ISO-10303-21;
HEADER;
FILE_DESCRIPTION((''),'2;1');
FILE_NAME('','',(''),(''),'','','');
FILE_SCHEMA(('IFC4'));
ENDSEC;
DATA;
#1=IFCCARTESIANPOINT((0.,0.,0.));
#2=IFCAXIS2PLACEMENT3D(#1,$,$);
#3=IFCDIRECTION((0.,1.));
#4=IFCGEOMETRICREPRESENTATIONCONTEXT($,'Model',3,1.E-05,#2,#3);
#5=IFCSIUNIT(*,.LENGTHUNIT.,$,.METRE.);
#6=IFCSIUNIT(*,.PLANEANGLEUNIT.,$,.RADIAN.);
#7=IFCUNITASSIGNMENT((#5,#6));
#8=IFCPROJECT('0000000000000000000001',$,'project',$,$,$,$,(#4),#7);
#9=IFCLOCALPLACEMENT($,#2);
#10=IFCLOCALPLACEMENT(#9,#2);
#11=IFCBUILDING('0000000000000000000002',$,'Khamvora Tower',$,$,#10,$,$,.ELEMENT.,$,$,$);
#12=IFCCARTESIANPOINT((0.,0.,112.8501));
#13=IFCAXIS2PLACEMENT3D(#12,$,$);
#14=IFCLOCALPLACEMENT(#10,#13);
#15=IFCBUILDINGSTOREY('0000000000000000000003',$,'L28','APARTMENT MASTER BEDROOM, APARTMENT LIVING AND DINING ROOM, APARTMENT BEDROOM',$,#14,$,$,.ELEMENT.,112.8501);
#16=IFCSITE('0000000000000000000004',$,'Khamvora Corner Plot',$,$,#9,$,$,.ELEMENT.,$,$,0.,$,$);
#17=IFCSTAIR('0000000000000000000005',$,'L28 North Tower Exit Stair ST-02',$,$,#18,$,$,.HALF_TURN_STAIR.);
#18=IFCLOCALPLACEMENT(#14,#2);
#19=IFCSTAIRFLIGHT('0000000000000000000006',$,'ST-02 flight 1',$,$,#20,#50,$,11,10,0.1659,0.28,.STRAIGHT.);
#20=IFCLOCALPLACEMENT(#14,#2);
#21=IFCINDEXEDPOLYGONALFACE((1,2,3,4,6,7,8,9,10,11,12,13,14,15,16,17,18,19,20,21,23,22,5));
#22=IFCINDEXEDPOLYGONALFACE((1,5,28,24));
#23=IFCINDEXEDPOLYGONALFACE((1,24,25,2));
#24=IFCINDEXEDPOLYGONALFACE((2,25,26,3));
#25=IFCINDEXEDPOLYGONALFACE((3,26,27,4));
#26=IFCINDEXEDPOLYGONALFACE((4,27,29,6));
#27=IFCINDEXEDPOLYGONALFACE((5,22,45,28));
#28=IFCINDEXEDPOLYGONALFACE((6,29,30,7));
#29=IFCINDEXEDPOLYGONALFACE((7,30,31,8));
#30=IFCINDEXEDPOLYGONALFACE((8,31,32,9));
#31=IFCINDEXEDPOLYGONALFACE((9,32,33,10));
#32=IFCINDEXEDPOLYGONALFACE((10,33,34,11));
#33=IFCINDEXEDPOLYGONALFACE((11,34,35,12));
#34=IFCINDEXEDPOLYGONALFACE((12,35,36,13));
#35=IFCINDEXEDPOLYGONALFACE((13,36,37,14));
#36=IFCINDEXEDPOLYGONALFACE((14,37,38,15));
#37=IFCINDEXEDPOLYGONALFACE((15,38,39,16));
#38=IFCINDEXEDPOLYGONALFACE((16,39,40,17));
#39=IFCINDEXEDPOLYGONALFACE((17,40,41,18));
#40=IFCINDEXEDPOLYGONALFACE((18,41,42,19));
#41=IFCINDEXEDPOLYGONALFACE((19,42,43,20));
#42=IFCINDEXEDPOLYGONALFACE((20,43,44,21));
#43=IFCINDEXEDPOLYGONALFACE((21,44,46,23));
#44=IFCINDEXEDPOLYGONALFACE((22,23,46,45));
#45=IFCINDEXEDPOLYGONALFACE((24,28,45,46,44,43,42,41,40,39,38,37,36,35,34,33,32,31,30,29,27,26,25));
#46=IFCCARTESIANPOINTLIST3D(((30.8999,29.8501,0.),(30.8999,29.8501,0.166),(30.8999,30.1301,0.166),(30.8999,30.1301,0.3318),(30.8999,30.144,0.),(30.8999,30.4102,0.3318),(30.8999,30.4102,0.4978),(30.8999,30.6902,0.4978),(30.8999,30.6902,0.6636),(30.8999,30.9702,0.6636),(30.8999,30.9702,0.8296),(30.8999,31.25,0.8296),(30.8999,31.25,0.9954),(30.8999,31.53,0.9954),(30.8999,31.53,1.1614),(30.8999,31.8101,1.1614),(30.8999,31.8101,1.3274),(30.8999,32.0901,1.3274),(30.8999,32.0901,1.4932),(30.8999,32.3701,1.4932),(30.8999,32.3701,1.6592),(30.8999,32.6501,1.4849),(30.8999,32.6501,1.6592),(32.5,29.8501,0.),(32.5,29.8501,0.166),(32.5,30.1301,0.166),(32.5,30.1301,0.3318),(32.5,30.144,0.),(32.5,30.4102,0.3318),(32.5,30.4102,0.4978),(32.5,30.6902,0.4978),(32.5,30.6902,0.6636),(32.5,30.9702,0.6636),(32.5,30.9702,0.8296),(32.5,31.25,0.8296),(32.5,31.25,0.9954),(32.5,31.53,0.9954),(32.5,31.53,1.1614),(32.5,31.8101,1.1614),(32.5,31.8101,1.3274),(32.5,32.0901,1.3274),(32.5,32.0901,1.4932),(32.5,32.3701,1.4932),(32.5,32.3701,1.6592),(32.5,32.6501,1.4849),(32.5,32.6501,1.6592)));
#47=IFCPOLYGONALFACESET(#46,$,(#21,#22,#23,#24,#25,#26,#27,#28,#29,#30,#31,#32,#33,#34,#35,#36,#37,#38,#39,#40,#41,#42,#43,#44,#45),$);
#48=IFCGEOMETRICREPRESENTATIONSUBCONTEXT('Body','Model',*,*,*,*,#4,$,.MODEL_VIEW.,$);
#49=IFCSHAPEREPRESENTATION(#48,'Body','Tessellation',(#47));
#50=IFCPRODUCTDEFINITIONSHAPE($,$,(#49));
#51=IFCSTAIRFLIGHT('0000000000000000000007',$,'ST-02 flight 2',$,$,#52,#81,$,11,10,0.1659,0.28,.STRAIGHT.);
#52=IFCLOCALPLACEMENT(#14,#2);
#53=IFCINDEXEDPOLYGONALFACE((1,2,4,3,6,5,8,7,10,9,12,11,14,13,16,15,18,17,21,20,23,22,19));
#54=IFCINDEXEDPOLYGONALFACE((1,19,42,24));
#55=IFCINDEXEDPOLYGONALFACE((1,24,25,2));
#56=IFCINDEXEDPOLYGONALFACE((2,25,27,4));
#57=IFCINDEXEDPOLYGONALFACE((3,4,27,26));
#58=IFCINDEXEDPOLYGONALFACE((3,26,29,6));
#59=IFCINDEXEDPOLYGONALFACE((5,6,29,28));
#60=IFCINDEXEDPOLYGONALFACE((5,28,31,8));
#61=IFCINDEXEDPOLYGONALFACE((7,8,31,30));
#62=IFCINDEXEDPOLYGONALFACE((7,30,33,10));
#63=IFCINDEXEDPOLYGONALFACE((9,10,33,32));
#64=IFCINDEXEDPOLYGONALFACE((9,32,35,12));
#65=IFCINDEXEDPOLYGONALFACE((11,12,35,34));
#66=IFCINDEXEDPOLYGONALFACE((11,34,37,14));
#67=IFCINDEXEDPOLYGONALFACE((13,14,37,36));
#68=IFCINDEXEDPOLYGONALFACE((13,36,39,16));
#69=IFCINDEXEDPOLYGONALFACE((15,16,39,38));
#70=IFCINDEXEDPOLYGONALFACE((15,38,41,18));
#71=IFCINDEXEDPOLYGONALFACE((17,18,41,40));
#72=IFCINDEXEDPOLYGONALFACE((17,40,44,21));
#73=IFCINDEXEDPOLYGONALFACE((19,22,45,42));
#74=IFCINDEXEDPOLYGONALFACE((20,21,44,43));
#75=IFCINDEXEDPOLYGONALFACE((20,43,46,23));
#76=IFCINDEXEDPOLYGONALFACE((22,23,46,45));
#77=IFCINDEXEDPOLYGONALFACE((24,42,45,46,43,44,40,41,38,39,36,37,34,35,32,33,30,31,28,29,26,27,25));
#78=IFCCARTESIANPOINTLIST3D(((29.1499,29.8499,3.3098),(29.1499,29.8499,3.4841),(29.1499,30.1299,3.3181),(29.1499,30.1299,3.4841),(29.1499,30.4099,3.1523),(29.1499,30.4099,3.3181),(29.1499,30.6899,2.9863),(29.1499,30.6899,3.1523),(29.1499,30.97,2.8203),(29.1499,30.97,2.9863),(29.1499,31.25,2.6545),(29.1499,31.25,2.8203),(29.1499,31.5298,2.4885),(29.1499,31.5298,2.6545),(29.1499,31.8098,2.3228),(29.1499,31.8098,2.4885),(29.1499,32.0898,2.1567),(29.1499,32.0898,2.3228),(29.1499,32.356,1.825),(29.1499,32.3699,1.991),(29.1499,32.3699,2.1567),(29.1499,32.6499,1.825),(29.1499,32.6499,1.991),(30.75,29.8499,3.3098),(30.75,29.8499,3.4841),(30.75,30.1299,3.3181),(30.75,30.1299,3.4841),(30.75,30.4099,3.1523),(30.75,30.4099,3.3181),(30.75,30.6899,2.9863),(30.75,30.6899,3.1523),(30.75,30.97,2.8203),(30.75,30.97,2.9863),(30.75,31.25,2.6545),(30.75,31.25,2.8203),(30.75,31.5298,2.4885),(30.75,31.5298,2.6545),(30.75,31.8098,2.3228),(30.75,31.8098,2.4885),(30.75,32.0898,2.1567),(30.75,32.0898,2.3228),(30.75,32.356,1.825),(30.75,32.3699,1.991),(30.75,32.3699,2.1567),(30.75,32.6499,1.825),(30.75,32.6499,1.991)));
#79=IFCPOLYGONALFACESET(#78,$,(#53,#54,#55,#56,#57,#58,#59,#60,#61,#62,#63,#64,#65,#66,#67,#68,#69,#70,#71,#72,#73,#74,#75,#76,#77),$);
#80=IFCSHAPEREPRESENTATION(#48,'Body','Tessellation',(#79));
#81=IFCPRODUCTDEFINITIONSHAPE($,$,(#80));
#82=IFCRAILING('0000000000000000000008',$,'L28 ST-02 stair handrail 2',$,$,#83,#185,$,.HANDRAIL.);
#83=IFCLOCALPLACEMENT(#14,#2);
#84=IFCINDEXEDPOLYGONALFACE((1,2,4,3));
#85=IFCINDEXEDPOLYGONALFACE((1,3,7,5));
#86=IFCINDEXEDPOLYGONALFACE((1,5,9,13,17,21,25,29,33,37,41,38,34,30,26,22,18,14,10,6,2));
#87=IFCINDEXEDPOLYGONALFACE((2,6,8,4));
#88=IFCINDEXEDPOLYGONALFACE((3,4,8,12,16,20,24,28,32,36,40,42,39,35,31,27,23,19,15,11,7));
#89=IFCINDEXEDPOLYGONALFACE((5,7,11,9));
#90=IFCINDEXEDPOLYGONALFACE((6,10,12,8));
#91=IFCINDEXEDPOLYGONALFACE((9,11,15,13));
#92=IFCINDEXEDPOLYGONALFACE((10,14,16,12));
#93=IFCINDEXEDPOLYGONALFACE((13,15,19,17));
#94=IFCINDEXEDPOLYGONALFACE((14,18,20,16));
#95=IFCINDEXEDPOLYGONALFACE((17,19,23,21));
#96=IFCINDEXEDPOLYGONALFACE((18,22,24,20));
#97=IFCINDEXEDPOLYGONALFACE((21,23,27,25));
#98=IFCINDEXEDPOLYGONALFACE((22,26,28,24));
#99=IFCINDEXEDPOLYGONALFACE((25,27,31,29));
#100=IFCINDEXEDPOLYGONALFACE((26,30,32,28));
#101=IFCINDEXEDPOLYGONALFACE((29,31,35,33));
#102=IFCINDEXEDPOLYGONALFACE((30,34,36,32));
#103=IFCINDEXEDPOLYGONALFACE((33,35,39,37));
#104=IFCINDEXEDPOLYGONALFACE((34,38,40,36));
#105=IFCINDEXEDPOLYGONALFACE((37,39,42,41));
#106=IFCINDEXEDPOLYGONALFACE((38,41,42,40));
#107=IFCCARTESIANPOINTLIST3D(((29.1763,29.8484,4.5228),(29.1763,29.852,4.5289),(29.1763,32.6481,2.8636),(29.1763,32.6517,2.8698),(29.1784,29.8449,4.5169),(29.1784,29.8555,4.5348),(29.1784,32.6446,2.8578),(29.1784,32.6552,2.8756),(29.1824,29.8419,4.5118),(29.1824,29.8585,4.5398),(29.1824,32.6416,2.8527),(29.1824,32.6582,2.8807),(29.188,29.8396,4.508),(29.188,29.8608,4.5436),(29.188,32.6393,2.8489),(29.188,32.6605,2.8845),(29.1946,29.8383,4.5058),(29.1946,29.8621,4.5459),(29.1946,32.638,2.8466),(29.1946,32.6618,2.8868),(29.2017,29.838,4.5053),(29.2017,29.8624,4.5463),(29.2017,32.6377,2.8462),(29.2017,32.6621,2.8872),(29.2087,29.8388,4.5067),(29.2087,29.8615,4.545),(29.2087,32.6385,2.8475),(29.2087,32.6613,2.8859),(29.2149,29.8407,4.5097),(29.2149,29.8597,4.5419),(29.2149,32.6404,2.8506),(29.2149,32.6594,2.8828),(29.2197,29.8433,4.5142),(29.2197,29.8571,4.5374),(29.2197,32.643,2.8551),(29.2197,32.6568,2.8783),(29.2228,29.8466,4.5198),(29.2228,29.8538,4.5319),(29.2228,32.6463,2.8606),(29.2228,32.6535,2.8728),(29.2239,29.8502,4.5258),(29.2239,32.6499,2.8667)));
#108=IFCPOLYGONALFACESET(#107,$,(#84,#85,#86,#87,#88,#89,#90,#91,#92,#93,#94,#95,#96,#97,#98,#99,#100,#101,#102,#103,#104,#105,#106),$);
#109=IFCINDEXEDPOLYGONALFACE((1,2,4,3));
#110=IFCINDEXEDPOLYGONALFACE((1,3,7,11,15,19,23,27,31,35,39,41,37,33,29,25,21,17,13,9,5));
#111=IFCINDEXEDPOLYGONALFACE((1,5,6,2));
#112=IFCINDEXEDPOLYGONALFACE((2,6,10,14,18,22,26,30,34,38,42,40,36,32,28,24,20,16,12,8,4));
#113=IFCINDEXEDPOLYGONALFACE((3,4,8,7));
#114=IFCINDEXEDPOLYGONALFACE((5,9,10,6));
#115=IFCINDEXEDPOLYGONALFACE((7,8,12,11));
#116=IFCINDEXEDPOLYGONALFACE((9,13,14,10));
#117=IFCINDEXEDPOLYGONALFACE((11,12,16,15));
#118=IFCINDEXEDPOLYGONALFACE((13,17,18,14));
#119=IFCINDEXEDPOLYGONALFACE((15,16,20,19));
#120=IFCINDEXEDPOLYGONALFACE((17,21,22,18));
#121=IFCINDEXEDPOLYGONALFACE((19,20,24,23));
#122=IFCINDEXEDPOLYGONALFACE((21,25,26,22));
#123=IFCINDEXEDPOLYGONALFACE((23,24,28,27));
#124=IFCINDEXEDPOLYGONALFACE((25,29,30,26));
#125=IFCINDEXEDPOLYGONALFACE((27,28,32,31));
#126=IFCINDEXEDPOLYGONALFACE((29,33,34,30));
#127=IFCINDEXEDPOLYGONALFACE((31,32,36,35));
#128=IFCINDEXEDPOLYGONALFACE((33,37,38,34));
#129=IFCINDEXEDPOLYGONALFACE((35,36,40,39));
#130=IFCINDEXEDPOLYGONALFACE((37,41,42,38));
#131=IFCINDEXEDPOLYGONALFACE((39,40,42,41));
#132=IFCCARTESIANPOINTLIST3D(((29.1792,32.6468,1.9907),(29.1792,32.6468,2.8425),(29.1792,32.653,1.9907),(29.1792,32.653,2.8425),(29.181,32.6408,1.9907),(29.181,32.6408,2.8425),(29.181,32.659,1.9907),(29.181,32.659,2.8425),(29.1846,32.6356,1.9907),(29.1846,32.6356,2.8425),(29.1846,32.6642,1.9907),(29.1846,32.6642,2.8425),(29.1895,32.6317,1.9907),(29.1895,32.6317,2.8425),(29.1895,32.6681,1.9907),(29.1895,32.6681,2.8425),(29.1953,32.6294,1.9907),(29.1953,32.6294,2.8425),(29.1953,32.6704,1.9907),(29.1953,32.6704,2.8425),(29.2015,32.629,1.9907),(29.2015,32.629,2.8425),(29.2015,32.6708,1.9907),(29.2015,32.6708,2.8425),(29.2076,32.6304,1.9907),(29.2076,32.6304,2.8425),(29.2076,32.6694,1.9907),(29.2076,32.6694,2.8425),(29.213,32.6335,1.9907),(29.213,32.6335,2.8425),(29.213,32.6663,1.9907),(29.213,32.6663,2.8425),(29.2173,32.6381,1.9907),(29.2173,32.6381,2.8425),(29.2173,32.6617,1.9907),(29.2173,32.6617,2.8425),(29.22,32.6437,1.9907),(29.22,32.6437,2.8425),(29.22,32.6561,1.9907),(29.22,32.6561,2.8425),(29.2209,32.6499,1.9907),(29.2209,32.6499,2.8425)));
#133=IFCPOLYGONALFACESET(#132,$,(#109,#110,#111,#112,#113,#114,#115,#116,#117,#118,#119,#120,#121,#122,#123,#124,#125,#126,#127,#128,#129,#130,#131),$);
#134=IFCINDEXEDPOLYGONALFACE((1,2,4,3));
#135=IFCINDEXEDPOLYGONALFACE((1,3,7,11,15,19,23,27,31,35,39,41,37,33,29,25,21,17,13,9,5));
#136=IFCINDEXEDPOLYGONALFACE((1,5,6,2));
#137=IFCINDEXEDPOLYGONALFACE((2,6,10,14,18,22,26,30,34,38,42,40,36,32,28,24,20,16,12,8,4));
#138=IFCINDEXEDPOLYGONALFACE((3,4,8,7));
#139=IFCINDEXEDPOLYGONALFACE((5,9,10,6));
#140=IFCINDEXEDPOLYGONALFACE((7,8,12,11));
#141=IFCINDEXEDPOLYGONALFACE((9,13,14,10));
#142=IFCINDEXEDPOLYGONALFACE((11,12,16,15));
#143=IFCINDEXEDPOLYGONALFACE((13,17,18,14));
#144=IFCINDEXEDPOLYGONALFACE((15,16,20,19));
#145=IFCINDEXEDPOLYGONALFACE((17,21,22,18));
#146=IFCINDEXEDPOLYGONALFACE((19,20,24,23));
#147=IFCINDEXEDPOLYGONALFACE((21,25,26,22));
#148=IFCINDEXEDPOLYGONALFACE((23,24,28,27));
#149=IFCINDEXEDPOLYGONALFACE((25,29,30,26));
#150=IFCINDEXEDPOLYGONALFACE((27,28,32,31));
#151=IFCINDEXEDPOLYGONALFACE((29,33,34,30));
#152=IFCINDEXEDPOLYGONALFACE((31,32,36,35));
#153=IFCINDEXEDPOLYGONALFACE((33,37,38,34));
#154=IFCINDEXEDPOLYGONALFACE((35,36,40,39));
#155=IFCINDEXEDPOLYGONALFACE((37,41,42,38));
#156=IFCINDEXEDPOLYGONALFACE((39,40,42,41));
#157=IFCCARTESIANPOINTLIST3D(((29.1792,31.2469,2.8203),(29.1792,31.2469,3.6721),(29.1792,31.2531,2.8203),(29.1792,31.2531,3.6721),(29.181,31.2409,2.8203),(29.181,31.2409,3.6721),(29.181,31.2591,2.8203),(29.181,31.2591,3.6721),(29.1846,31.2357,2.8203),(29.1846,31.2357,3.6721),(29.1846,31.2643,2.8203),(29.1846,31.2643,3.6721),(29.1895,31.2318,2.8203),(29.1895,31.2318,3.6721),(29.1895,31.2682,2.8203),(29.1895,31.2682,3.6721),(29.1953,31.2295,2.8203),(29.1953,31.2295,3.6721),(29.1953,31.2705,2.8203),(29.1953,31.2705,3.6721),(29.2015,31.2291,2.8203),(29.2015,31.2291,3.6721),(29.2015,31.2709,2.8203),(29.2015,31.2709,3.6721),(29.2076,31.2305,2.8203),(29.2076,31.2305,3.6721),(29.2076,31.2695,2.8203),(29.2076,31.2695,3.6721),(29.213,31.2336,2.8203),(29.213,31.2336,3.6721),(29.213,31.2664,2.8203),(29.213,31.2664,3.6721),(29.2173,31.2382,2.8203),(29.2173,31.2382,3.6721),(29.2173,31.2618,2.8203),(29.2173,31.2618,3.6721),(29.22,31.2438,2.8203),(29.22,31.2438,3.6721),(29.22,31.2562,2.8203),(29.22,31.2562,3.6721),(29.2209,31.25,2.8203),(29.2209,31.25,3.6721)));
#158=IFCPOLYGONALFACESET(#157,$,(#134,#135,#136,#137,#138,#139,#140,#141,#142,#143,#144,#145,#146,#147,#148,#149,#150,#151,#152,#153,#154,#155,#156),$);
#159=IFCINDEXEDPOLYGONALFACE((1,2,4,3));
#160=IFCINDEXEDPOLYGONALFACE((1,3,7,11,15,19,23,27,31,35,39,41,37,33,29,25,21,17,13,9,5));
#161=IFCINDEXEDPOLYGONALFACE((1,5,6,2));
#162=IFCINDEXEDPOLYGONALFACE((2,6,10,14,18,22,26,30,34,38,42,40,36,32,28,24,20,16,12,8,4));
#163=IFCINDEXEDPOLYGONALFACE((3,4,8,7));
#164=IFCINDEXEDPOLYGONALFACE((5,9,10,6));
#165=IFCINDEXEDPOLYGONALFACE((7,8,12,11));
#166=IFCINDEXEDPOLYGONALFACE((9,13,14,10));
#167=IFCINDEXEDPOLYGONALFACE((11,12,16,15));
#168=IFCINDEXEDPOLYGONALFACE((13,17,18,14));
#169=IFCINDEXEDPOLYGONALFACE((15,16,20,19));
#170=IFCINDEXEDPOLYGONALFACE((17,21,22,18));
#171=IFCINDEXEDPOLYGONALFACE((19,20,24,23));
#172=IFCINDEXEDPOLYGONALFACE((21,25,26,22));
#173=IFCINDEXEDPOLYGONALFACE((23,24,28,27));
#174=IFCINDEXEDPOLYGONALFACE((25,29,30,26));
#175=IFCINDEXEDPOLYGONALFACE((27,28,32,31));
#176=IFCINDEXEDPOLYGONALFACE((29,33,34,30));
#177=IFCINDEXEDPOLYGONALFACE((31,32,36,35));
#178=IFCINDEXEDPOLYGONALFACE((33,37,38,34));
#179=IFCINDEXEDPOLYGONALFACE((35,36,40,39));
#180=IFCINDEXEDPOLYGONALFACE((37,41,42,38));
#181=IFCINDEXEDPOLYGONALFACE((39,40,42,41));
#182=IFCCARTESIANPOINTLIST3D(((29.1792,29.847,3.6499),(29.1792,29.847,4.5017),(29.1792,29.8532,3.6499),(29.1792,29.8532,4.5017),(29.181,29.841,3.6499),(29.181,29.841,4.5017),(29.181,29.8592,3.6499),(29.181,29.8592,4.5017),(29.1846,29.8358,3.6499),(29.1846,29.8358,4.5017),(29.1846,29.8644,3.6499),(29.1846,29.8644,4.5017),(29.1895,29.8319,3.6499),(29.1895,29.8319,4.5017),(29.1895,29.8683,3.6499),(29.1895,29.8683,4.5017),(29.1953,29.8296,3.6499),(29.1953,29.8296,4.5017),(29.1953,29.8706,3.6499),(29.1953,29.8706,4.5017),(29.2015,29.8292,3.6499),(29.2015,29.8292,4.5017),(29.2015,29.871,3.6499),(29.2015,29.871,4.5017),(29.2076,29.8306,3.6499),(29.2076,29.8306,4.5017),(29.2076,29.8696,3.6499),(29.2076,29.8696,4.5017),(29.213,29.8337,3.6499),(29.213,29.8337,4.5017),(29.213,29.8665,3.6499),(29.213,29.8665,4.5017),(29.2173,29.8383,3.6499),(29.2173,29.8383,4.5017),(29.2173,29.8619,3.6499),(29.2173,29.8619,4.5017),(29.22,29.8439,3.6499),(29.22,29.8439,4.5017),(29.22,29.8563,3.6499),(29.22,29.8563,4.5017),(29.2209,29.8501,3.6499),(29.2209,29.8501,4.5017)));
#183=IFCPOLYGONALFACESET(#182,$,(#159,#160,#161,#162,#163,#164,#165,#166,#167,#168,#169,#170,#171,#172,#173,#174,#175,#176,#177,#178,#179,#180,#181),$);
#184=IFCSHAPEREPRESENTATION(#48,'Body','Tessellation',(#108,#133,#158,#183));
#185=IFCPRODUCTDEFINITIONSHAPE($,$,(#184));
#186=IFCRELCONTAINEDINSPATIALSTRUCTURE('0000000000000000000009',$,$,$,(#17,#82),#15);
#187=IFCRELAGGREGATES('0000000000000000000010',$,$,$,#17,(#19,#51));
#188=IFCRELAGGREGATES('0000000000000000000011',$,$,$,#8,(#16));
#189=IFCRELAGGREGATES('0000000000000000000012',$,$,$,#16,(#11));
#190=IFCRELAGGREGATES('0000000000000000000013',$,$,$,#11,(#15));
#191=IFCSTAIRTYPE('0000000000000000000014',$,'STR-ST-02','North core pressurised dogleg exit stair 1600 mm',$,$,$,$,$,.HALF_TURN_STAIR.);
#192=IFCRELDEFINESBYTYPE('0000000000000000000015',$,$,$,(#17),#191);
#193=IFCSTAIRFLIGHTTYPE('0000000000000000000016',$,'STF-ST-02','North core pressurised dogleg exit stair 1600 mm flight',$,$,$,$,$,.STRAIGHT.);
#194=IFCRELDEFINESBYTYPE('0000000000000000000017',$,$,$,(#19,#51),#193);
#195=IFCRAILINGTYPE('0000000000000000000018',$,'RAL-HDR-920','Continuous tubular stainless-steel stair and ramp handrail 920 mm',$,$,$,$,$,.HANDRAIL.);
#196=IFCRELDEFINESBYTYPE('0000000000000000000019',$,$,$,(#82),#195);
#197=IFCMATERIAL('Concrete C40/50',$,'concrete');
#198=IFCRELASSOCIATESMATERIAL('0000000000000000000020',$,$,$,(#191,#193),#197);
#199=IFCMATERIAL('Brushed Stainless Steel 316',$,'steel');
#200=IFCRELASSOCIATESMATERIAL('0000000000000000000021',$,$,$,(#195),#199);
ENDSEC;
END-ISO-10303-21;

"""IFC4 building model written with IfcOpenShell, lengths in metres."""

from ifc_helpers import new_model, si_unit, direction, frame, origin, origin_2d, place, context, subcontext, project, spatial, polyline, circle, outline, extrude, material, type_object, element, aggregate, save


model = new_model("IFC4")

# Units and contexts
model_context = context("Model", 3, precision=1e-05, world=origin(), true_north=direction((0.0, 1.0)))
body_context = subcontext(model_context, "Body", "Model", "MODEL_VIEW")
ifc_project = project(units=[si_unit("LENGTHUNIT", "METRE"), si_unit("PLANEANGLEUNIT", "RADIAN")], contexts=[model_context])

# Site, building, storey
site_placement = place(None, origin())
site = spatial("IfcSite", under=ifc_project, at=site_placement, Name="Khamvora Corner Plot", CompositionType="ELEMENT", RefElevation=0.0)
building_placement = place(site_placement, origin())
building = spatial("IfcBuilding", under=site, at=building_placement, Name="Khamvora Tower", CompositionType="ELEMENT")
storey_placement = place(building_placement, frame((0.0, 0.0, 112.8501)))
storey = spatial("IfcBuildingStorey", under=building, at=storey_placement, Name="L28", Description="APARTMENT MASTER BEDROOM, APARTMENT LIVING AND DINING ROOM, APARTMENT BEDROOM", CompositionType="ELEMENT", Elevation=112.8501)

# Stair, stair flights
ifc_material_1 = material(Name="Concrete C40/50", Category="concrete")
stair_type = type_object("IfcStairType", Name="STR-ST-02", Description="North core pressurised dogleg exit stair 1600 mm", PredefinedType="HALF_TURN_STAIR", material=ifc_material_1)
stair_placement = place(storey_placement, origin())
stair = element("IfcStair", 1, at=stair_placement, inside=storey, type_object=stair_type, Name="L28 North Tower Exit Stair ST-02", PredefinedType="HALF_TURN_STAIR")
stair_flight_type = type_object("IfcStairFlightType", Name="STF-ST-02", Description="North core pressurised dogleg exit stair 1600 mm flight", PredefinedType="STRAIGHT", material=ifc_material_1)
stair_flight_1_placement = place(storey_placement, frame((31.7, 29.8501, 0.0), z_axis=(0.0, 0.0, 1.0), x_axis=(0.0, 1.0, 0.0)))
stair_flight_1 = element("IfcStairFlight", 2, at=stair_flight_1_placement, type_object=stair_flight_type, Name="ST-02 flight 1", NumberOfRisers=11, NumberOfTreads=10, PredefinedType="STRAIGHT", RiserHeight=0.1659, TreadLength=0.28, context=body_context, shape_type="SweptSolid", body=[
    extrude(outline(polyline([(0.0, 0.0), (0.0, 0.166), (0.28, 0.166), (0.28, 0.3318), (0.5601, 0.3318), (0.5601, 0.4978), (0.8401, 0.4978), (0.8401, 0.6636), (1.1201, 0.6636), (1.1201, 0.8296), (1.3999, 0.8296), (1.3999, 0.9954), (1.6799, 0.9954), (1.6799, 1.1614), (1.96, 1.1614), (1.96, 1.3274), (2.24, 1.3274), (2.24, 1.4932), (2.52, 1.4932), (2.52, 1.6592), (2.8, 1.6592), (2.8, 1.825), (2.8, 1.4849), (0.2939, 0.0), (0.0, 0.0)])), frame((0.0, 0.8, 0.0), z_axis=(0.0, -1.0, 0.0), x_axis=(1.0, 0.0, 0.0)), (0.0, 0.0, 1.0), 1.6001),
])
stair_flight_2_placement = place(storey_placement, frame((29.95, 32.6499, 1.825), z_axis=(0.0, 0.0, 1.0), x_axis=(0.0, -1.0, 0.0)))
stair_flight_2 = element("IfcStairFlight", 3, at=stair_flight_2_placement, type_object=stair_flight_type, Name="ST-02 flight 2", NumberOfRisers=11, NumberOfTreads=10, PredefinedType="STRAIGHT", RiserHeight=0.1659, TreadLength=0.28, context=body_context, shape_type="SweptSolid", body=[
    extrude(outline(polyline([(0.0, 0.0), (0.0, 0.166), (0.28, 0.166), (0.28, 0.3318), (0.5601, 0.3318), (0.5601, 0.4978), (0.8401, 0.4978), (0.8401, 0.6636), (1.1201, 0.6636), (1.1201, 0.8296), (1.3999, 0.8296), (1.3999, 0.9954), (1.6799, 0.9954), (1.6799, 1.1614), (1.96, 1.1614), (1.96, 1.3274), (2.24, 1.3274), (2.24, 1.4932), (2.52, 1.4932), (2.52, 1.6592), (2.8, 1.6592), (2.8, 1.825), (2.8, 1.4849), (0.2939, 0.0), (0.0, 0.0)])), frame((0.0, 0.8, 0.0), z_axis=(0.0, -1.0, 0.0), x_axis=(1.0, 0.0, 0.0)), (0.0, 0.0, 1.0), 1.6001),
])
aggregate(stair, [stair_flight_1, stair_flight_2])

# Railing
ifc_material_2 = material(Name="Brushed Stainless Steel 316", Category="steel")
railing_type_1 = type_object("IfcRailingType", Name="RAL-HDR-920", Description="Continuous tubular stainless-steel stair and ramp handrail 920 mm", PredefinedType="HANDRAIL", material=ifc_material_2)
railing_1_placement = place(storey_placement, frame((29.2, 32.6499, 1.9907)))
element("IfcRailing", 4, at=railing_1_placement, inside=storey, type_object=railing_type_1, Name="L28 ST-02 stair handrail 2", PredefinedType="HANDRAIL", context=body_context, shape_type="SweptSolid", body=[
    extrude(circle(Radius=0.0239, at=origin_2d()), frame((0.0, 0.0, 0.876), z_axis=(0.0, -0.860287, 0.509811), x_axis=(1.0, 0.0, 0.0)), (0.0, 0.0, 1.0), 3.2544),
    extrude(circle(Radius=0.021, at=origin_2d()), origin(), (0.0, 0.0, 1.0), 0.8518),
    extrude(circle(Radius=0.021, at=origin_2d()), frame((0.0, -1.3999, 0.8296)), (0.0, 0.0, 1.0), 0.8518),
    extrude(circle(Radius=0.021, at=origin_2d()), frame((0.0, -2.7998, 1.6592)), (0.0, 0.0, 1.0), 0.8518),
])

save(model, "model.ifc")
